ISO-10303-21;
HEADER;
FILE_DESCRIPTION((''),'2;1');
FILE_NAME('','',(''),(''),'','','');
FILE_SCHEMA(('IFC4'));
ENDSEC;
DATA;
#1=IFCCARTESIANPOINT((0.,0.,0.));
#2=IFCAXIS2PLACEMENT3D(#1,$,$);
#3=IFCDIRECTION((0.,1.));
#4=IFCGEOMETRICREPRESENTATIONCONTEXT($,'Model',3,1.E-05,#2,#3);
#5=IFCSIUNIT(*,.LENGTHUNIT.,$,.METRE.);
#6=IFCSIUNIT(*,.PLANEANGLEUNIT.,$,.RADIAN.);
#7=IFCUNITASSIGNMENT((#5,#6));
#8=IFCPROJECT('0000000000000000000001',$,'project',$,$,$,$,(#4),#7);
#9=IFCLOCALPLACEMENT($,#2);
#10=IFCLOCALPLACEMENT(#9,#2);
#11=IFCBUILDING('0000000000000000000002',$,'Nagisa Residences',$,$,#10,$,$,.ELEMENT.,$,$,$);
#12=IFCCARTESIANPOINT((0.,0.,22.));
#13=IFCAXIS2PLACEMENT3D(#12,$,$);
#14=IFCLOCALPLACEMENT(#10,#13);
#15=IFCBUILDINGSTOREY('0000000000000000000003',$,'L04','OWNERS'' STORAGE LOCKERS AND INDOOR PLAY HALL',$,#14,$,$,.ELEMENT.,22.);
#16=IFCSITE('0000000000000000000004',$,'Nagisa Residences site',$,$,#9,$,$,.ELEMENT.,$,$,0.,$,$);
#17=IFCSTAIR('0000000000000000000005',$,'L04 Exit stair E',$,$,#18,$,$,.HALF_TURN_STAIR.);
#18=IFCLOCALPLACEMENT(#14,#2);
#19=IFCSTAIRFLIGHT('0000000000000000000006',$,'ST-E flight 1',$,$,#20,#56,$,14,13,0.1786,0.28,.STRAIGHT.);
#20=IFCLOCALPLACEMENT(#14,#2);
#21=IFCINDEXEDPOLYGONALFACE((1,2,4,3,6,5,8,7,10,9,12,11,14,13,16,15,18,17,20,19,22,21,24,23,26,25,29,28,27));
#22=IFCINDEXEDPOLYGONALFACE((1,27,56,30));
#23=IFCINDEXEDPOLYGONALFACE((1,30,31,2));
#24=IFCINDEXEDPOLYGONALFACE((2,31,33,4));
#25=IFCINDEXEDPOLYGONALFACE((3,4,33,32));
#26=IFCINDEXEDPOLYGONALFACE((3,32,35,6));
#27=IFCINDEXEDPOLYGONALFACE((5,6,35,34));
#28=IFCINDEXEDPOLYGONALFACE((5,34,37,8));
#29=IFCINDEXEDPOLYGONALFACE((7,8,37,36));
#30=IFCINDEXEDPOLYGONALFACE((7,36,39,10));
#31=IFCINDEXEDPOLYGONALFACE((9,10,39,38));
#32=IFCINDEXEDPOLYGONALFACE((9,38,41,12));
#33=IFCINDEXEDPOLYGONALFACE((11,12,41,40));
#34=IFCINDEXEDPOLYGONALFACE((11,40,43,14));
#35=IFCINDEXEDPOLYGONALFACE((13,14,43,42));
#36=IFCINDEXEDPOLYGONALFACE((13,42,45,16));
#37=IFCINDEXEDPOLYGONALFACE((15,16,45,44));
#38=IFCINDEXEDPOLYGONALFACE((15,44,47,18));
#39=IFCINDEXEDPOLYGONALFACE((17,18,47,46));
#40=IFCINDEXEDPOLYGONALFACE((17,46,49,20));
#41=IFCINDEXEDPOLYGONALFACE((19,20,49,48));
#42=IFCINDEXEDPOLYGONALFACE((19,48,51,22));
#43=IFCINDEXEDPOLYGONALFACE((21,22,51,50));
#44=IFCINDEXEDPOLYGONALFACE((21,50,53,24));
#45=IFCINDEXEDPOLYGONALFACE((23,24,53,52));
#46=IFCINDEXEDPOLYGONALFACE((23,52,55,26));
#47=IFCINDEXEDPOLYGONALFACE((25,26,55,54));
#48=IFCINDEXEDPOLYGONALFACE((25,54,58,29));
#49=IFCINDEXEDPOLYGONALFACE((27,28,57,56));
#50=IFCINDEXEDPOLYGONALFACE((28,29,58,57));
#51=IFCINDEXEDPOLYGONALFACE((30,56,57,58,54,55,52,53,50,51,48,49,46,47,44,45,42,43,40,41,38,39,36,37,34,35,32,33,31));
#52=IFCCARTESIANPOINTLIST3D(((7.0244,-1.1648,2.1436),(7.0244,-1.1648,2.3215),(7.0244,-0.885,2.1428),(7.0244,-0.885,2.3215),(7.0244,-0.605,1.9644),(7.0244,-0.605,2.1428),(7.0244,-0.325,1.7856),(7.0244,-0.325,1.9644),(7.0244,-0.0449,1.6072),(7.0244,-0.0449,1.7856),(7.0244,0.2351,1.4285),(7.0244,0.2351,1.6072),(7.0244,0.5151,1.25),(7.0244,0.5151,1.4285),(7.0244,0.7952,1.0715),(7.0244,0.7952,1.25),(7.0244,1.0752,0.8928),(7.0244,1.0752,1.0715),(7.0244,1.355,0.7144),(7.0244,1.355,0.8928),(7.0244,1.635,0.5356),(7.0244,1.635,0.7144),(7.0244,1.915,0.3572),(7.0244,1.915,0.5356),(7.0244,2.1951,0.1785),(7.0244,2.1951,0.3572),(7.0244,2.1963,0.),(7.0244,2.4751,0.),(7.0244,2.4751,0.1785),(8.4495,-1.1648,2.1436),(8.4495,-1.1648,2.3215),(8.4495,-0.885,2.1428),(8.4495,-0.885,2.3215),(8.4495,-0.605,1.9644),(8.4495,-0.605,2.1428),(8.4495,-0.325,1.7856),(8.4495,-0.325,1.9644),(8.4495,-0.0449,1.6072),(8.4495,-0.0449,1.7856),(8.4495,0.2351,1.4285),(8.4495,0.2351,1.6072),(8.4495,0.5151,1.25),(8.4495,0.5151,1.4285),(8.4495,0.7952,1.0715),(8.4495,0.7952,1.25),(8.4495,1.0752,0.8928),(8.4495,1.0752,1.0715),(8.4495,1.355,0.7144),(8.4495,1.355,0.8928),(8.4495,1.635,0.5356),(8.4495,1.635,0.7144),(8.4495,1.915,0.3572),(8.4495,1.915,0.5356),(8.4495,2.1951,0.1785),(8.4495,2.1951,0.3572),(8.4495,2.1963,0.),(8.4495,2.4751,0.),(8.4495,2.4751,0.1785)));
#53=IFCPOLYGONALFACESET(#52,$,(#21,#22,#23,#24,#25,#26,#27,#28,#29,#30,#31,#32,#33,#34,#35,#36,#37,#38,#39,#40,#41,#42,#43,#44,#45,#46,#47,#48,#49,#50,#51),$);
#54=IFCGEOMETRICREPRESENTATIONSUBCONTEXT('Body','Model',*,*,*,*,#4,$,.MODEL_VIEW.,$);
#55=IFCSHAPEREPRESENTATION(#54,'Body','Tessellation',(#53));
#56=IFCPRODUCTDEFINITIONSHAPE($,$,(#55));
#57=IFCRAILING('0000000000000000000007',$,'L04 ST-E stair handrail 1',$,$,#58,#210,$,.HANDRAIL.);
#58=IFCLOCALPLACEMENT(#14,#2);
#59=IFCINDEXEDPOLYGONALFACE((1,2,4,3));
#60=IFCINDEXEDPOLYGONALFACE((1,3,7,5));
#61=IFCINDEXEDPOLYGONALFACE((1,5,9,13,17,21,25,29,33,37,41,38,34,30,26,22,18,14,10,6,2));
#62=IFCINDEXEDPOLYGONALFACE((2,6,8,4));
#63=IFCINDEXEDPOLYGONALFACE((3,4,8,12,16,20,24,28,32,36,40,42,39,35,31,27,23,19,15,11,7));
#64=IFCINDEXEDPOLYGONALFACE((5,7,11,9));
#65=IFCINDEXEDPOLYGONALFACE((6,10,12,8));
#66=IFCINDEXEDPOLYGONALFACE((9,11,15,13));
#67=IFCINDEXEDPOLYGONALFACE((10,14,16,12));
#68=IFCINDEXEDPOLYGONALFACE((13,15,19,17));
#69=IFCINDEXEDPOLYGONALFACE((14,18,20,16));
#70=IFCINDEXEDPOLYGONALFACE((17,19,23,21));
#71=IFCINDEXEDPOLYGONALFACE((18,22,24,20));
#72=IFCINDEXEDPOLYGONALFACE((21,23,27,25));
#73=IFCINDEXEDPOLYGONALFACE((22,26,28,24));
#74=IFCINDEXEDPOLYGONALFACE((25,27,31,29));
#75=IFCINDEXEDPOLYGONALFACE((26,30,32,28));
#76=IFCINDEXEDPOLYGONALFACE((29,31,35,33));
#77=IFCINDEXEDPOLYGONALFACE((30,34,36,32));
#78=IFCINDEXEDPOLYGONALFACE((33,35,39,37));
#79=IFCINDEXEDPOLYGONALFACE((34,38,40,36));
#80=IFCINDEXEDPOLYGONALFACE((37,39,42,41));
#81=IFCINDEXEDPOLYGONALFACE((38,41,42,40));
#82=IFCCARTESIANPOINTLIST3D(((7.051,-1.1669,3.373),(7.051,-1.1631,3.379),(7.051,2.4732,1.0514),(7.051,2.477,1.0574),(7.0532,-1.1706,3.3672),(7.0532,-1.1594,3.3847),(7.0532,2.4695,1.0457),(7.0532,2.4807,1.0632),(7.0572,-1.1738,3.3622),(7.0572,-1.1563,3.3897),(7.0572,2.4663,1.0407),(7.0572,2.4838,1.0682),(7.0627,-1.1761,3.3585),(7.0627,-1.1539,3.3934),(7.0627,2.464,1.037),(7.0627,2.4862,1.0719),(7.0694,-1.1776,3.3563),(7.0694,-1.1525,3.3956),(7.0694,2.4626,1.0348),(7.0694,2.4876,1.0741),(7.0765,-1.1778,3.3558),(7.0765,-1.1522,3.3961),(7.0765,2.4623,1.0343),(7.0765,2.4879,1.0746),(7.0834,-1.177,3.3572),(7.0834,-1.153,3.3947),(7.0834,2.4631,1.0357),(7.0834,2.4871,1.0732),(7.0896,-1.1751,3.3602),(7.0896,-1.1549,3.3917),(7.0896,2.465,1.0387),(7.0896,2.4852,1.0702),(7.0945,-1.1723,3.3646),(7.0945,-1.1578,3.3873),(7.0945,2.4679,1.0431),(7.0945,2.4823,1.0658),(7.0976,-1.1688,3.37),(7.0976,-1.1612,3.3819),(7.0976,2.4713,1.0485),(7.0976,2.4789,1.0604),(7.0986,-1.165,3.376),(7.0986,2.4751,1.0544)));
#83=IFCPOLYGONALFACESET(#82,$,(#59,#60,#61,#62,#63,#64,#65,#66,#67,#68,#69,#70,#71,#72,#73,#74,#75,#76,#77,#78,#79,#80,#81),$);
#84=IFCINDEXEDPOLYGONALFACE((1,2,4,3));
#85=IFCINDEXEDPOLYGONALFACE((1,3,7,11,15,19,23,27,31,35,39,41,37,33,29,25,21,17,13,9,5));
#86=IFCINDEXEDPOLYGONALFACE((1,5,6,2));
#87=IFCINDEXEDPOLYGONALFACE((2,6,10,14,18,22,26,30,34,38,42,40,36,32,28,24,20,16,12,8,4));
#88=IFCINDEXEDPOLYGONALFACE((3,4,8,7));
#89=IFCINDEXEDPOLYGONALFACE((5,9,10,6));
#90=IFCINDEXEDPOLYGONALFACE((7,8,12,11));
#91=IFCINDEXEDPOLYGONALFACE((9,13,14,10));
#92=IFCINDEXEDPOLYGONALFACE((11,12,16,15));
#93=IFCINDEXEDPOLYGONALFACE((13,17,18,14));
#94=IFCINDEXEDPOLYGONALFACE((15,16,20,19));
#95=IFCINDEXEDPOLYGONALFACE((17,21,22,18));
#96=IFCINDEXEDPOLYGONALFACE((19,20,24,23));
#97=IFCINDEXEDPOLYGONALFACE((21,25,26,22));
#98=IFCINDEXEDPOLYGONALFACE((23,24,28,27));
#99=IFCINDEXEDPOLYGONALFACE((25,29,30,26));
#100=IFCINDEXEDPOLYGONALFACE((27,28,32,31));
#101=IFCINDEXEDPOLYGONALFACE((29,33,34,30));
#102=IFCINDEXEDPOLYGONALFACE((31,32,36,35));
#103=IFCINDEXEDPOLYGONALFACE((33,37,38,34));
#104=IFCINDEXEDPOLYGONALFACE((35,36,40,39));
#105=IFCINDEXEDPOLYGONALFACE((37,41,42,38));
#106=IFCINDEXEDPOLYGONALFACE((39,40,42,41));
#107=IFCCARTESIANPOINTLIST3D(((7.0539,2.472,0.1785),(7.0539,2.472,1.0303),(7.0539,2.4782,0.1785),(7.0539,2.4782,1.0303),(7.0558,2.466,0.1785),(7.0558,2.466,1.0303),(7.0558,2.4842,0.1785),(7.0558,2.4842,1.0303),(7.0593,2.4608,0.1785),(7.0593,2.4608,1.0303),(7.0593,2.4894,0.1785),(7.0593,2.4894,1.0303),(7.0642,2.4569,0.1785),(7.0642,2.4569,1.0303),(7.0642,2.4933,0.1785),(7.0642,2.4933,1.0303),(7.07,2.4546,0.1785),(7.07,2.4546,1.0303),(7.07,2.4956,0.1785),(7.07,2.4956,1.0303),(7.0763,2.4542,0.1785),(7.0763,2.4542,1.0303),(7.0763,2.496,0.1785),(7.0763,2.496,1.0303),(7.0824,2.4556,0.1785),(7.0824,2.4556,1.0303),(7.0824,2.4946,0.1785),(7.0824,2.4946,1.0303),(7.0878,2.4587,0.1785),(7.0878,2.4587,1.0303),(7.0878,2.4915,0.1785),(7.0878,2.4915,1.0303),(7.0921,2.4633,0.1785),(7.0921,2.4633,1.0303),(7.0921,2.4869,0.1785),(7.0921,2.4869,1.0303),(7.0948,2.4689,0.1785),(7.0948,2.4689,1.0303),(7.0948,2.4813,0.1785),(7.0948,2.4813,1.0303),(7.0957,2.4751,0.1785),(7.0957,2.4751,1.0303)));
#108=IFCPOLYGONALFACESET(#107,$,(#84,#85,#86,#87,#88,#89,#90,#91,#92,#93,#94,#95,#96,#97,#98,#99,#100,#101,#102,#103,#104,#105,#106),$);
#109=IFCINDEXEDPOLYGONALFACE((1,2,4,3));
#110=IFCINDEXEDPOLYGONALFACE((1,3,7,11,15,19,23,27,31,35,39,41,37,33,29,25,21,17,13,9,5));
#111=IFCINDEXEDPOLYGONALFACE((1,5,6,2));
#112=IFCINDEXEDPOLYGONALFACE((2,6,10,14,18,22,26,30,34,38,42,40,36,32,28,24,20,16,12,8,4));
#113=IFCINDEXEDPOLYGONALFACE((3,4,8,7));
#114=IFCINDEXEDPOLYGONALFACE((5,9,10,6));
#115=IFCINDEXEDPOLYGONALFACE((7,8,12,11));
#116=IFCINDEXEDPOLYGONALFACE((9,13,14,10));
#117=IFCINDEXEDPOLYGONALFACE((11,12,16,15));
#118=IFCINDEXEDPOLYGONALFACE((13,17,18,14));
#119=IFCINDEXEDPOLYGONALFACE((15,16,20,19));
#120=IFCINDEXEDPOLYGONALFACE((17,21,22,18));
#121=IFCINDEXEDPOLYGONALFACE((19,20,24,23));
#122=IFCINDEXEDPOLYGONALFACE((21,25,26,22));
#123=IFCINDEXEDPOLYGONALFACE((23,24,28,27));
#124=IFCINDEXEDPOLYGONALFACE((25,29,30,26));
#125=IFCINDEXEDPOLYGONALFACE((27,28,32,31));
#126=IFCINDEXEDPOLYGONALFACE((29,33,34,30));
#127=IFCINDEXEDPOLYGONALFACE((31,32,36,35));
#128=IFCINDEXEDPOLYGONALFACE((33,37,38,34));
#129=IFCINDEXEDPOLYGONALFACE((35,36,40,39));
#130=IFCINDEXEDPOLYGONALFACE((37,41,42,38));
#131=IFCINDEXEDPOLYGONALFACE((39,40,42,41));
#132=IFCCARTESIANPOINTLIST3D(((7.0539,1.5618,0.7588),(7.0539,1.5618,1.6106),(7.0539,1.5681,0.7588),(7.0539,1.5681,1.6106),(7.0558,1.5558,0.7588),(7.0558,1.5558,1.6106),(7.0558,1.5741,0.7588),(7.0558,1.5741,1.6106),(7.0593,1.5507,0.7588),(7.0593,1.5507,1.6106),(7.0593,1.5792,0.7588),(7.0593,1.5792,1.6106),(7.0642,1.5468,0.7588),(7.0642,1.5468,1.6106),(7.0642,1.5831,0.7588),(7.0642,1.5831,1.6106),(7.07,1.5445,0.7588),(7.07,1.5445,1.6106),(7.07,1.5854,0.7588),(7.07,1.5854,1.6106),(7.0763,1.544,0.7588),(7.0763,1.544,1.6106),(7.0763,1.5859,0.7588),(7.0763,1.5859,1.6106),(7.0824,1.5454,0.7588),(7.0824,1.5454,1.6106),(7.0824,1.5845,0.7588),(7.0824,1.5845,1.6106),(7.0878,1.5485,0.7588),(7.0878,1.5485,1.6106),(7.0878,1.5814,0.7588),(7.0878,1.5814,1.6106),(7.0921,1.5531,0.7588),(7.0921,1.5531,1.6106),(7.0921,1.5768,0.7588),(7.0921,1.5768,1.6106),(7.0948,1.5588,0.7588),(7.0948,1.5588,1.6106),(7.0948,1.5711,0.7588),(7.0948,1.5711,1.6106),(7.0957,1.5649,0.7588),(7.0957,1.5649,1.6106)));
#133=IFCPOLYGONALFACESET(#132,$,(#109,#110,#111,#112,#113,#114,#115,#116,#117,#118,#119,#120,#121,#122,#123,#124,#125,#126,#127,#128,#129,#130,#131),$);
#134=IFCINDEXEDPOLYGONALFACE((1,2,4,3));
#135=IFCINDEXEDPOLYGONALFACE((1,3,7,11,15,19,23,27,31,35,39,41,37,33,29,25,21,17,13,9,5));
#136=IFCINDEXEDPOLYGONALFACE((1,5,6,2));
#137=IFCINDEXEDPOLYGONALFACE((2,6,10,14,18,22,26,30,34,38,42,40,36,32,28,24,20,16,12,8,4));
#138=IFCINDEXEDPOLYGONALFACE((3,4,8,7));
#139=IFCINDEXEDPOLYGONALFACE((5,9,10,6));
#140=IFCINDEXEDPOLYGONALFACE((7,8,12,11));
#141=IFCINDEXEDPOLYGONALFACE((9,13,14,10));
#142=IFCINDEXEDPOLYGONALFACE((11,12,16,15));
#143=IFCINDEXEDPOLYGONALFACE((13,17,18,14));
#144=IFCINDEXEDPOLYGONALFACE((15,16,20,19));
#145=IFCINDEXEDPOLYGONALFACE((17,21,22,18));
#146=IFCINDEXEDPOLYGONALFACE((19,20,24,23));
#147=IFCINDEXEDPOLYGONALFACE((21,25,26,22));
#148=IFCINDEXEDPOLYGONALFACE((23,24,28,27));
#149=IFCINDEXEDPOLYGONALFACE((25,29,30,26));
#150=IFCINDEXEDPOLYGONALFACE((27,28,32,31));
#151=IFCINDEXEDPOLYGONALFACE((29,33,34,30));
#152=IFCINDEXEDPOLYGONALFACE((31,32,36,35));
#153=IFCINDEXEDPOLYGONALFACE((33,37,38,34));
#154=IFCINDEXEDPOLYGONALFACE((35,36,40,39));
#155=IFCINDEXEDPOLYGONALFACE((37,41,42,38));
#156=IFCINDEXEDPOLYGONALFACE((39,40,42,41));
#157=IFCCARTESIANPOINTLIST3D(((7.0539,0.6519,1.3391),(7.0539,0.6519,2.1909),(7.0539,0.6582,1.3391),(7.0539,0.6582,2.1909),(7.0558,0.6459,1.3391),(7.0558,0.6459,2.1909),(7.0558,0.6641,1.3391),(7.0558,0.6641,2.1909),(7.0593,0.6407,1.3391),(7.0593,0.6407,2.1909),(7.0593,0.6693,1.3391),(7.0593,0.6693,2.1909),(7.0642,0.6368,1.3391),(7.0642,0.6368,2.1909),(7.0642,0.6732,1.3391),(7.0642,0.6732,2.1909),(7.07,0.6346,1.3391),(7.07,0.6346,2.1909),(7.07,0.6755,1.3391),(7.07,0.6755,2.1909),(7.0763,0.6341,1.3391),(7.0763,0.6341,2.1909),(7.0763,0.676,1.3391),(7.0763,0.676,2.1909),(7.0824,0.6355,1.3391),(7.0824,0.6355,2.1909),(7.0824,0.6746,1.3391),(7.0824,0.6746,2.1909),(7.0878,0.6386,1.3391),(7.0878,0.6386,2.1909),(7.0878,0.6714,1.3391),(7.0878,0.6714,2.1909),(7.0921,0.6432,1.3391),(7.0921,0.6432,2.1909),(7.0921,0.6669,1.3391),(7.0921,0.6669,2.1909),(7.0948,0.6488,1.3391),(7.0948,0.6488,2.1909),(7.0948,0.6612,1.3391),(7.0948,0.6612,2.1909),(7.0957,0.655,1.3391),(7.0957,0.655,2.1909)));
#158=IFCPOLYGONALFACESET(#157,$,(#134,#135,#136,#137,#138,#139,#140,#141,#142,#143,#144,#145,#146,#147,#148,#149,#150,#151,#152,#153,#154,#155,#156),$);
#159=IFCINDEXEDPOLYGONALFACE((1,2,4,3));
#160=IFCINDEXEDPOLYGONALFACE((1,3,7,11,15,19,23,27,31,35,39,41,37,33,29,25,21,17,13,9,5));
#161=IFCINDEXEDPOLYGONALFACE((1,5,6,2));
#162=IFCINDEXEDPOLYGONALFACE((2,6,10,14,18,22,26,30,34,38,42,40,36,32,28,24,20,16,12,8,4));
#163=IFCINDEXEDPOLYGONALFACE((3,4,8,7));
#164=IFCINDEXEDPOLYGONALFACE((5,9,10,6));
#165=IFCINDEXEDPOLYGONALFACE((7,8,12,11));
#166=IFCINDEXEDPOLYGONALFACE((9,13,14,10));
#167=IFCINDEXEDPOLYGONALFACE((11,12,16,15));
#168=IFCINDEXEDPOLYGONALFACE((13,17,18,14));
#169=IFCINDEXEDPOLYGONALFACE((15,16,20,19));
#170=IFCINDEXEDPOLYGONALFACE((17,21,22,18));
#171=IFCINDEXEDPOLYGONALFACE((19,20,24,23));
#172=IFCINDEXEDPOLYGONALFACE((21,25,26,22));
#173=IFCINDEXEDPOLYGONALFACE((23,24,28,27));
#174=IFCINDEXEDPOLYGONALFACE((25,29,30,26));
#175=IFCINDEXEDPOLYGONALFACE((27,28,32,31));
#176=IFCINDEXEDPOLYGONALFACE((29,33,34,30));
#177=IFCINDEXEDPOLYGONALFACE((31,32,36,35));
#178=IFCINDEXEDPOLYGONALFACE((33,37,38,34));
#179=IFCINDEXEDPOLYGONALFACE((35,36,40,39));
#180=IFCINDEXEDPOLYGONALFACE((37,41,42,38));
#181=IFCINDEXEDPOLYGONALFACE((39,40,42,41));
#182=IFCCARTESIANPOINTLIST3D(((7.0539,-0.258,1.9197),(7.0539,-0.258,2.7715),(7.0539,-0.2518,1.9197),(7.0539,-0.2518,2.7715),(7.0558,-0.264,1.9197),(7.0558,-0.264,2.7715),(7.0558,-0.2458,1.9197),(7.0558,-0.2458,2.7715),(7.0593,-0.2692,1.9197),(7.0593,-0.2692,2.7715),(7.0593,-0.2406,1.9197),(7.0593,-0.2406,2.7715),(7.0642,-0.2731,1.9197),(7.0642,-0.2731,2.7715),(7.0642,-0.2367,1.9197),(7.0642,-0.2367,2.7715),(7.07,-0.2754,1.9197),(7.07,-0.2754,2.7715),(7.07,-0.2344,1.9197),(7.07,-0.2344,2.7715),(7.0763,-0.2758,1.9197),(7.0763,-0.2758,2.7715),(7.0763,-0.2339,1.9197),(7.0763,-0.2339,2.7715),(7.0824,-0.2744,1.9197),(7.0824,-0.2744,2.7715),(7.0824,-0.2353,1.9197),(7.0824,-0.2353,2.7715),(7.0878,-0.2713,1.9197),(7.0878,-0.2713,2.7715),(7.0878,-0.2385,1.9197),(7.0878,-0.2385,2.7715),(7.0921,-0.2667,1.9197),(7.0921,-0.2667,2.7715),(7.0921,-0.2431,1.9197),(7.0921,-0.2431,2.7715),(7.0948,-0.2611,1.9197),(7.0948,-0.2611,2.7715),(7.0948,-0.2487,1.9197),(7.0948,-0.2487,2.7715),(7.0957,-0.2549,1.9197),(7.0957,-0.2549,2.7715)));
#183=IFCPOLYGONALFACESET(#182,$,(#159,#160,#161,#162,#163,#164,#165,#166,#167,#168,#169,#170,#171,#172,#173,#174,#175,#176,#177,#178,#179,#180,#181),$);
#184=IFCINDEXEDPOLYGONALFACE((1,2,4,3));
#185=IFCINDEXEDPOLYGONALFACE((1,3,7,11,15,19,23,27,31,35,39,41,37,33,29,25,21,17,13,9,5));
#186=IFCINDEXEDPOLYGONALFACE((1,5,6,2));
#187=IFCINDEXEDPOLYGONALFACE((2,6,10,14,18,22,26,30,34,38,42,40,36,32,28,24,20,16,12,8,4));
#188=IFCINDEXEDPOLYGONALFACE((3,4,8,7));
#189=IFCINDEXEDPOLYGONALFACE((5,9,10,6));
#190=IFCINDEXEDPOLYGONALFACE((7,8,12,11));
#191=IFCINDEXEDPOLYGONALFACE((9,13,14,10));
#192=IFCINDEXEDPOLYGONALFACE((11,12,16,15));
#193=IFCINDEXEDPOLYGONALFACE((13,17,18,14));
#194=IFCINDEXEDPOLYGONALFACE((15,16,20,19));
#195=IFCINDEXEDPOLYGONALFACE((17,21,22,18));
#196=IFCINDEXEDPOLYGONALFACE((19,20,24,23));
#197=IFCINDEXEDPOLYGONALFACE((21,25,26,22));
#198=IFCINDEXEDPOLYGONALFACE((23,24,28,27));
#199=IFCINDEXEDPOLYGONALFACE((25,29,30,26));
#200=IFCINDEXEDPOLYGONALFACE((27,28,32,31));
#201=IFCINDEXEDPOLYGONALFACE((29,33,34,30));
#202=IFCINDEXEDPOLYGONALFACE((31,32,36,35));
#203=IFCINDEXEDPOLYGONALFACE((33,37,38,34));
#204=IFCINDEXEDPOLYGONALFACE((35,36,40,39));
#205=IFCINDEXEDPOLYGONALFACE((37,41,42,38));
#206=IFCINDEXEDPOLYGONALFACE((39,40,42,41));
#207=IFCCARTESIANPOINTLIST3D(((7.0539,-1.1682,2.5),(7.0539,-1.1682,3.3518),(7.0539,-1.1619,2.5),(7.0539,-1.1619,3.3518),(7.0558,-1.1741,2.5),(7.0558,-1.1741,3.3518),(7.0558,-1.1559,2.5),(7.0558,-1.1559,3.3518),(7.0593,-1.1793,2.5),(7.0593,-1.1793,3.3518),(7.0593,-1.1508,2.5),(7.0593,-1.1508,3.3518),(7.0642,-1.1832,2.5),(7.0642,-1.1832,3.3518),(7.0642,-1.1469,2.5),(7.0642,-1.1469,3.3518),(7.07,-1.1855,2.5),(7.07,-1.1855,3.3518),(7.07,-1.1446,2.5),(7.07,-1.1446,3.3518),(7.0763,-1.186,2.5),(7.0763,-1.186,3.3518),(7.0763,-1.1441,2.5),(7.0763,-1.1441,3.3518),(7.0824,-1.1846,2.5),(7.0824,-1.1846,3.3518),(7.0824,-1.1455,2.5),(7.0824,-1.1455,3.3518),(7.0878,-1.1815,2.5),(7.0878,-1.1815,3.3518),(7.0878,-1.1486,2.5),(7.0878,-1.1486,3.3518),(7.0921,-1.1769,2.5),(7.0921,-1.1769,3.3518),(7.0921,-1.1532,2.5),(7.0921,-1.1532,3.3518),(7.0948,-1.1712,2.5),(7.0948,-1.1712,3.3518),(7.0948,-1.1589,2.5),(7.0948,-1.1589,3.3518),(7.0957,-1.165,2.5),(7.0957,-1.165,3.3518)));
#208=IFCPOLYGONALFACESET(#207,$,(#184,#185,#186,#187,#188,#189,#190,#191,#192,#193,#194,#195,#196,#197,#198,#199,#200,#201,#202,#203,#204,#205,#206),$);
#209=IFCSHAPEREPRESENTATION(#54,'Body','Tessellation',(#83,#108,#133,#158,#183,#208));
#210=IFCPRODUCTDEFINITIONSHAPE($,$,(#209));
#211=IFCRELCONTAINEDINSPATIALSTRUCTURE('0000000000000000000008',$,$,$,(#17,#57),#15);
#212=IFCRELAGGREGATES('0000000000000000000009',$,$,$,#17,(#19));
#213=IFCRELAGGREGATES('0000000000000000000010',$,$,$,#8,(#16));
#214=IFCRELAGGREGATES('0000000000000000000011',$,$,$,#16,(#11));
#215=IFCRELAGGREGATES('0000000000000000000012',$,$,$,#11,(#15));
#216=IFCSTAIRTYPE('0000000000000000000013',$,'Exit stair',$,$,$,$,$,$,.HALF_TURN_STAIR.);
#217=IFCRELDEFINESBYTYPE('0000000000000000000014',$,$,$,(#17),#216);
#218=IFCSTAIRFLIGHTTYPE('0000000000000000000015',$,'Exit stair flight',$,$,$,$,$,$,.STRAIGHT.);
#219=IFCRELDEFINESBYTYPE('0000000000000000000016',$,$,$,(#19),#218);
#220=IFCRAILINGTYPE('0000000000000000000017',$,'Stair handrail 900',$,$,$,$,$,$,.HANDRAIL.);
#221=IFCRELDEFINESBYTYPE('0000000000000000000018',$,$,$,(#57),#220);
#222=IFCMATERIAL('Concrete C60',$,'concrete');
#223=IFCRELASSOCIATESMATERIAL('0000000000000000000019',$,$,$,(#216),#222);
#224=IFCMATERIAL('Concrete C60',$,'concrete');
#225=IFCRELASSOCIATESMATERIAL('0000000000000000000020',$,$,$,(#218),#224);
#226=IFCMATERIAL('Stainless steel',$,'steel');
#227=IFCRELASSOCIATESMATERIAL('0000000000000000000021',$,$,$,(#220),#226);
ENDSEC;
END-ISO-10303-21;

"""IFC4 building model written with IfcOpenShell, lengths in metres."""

from ifc_helpers import new_model, si_unit, direction, frame, origin, origin_2d, place, context, subcontext, project, spatial, polyline, circle, outline, extrude, material, type_object, element, aggregate, save


model = new_model("IFC4")

# Units and contexts
model_context = context("Model", 3, precision=1e-05, world=origin(), true_north=direction((0.0, 1.0)))
body_context = subcontext(model_context, "Body", "Model", "MODEL_VIEW")
ifc_project = project(units=[si_unit("LENGTHUNIT", "METRE"), si_unit("PLANEANGLEUNIT", "RADIAN")], contexts=[model_context])

# Site, building, storey
site_placement = place(None, origin())
site = spatial("IfcSite", under=ifc_project, at=site_placement, Name="Nagisa Residences site", CompositionType="ELEMENT", RefElevation=0.0)
building_placement = place(site_placement, origin())
building = spatial("IfcBuilding", under=site, at=building_placement, Name="Nagisa Residences", CompositionType="ELEMENT")
storey_placement = place(building_placement, frame((0.0, 0.0, 22.0)))
storey = spatial("IfcBuildingStorey", under=building, at=storey_placement, Name="L04", Description="OWNERS' STORAGE LOCKERS AND INDOOR PLAY HALL", CompositionType="ELEMENT", Elevation=22.0)

# Stair, stair flight
ifc_material_1 = material(Name="Concrete C60", Category="concrete")
stair_type = type_object("IfcStairType", Name="Exit stair", PredefinedType="HALF_TURN_STAIR", material=ifc_material_1)
stair_placement = place(storey_placement, origin())
stair = element("IfcStair", 1, at=stair_placement, inside=storey, type_object=stair_type, Name="L04 Exit stair E", PredefinedType="HALF_TURN_STAIR")
ifc_material_2 = material(Name="Concrete C60", Category="concrete")
stair_flight_type = type_object("IfcStairFlightType", Name="Exit stair flight", PredefinedType="STRAIGHT", material=ifc_material_2)
stair_flight_placement = place(storey_placement, frame((7.7371, 2.4751, 0.0), z_axis=(0.0, 0.0, 1.0), x_axis=(0.0, -1.0, 0.0)))
stair_flight = element("IfcStairFlight", 2, at=stair_flight_placement, type_object=stair_flight_type, Name="ST-E flight 1", NumberOfRisers=14, NumberOfTreads=13, PredefinedType="STRAIGHT", RiserHeight=0.1786, TreadLength=0.28, context=body_context, shape_type="SweptSolid", body=[
    extrude(outline(polyline([(0.0, 0.0), (0.0, 0.1785), (0.28, 0.1785), (0.28, 0.3572), (0.5601, 0.3572), (0.5601, 0.5356), (0.8401, 0.5356), (0.8401, 0.7144), (1.1201, 0.7144), (1.1201, 0.8928), (1.3999, 0.8928), (1.3999, 1.0715), (1.6799, 1.0715), (1.6799, 1.25), (1.96, 1.25), (1.96, 1.4285), (2.24, 1.4285), (2.24, 1.6072), (2.52, 1.6072), (2.52, 1.7856), (2.8, 1.7856), (2.8, 1.9644), (3.0801, 1.9644), (3.0801, 2.1428), (3.3601, 2.1428), (3.3601, 2.3215), (3.6399, 2.3215), (3.6399, 2.5), (3.6399, 2.1436), (0.2788, 0.0), (0.0, 0.0)])), frame((0.0, 0.7124, 0.0), z_axis=(0.0, -1.0, 0.0), x_axis=(1.0, 0.0, 0.0)), (0.0, 0.0, 1.0), 1.425),
])
aggregate(stair, [stair_flight])

# Railing
ifc_material_3 = material(Name="Stainless steel", Category="steel")
railing_type_1 = type_object("IfcRailingType", Name="Stair handrail 900", PredefinedType="HANDRAIL", material=ifc_material_3)
railing_1_placement = place(storey_placement, frame((7.0747, 2.4751, 0.1785)))
element("IfcRailing", 3, at=railing_1_placement, inside=storey, type_object=railing_type_1, Name="L04 ST-E stair handrail 1", PredefinedType="HANDRAIL", context=body_context, shape_type="SweptSolid", body=[
    extrude(circle(Radius=0.0239, at=origin_2d()), frame((0.0, 0.0, 0.876), z_axis=(0.0, -0.843128, 0.537713), x_axis=(1.0, 0.0, 0.0)), (0.0, 0.0, 1.0), 4.3174),
    extrude(circle(Radius=0.021, at=origin_2d()), origin(), (0.0, 0.0, 1.0), 0.8518),
    extrude(circle(Radius=0.021, at=origin_2d()), frame((0.0, -0.9102, 0.5803)), (0.0, 0.0, 1.0), 0.8518),
    extrude(circle(Radius=0.021, at=origin_2d()), frame((0.0, -1.8201, 1.1606)), (0.0, 0.0, 1.0), 0.8518),
    extrude(circle(Radius=0.021, at=origin_2d()), frame((0.0, -2.73, 1.7412)), (0.0, 0.0, 1.0), 0.8518),
    extrude(circle(Radius=0.021, at=origin_2d()), frame((0.0, -3.6401, 2.3215)), (0.0, 0.0, 1.0), 0.8518),
])

save(model, "model.ifc")
